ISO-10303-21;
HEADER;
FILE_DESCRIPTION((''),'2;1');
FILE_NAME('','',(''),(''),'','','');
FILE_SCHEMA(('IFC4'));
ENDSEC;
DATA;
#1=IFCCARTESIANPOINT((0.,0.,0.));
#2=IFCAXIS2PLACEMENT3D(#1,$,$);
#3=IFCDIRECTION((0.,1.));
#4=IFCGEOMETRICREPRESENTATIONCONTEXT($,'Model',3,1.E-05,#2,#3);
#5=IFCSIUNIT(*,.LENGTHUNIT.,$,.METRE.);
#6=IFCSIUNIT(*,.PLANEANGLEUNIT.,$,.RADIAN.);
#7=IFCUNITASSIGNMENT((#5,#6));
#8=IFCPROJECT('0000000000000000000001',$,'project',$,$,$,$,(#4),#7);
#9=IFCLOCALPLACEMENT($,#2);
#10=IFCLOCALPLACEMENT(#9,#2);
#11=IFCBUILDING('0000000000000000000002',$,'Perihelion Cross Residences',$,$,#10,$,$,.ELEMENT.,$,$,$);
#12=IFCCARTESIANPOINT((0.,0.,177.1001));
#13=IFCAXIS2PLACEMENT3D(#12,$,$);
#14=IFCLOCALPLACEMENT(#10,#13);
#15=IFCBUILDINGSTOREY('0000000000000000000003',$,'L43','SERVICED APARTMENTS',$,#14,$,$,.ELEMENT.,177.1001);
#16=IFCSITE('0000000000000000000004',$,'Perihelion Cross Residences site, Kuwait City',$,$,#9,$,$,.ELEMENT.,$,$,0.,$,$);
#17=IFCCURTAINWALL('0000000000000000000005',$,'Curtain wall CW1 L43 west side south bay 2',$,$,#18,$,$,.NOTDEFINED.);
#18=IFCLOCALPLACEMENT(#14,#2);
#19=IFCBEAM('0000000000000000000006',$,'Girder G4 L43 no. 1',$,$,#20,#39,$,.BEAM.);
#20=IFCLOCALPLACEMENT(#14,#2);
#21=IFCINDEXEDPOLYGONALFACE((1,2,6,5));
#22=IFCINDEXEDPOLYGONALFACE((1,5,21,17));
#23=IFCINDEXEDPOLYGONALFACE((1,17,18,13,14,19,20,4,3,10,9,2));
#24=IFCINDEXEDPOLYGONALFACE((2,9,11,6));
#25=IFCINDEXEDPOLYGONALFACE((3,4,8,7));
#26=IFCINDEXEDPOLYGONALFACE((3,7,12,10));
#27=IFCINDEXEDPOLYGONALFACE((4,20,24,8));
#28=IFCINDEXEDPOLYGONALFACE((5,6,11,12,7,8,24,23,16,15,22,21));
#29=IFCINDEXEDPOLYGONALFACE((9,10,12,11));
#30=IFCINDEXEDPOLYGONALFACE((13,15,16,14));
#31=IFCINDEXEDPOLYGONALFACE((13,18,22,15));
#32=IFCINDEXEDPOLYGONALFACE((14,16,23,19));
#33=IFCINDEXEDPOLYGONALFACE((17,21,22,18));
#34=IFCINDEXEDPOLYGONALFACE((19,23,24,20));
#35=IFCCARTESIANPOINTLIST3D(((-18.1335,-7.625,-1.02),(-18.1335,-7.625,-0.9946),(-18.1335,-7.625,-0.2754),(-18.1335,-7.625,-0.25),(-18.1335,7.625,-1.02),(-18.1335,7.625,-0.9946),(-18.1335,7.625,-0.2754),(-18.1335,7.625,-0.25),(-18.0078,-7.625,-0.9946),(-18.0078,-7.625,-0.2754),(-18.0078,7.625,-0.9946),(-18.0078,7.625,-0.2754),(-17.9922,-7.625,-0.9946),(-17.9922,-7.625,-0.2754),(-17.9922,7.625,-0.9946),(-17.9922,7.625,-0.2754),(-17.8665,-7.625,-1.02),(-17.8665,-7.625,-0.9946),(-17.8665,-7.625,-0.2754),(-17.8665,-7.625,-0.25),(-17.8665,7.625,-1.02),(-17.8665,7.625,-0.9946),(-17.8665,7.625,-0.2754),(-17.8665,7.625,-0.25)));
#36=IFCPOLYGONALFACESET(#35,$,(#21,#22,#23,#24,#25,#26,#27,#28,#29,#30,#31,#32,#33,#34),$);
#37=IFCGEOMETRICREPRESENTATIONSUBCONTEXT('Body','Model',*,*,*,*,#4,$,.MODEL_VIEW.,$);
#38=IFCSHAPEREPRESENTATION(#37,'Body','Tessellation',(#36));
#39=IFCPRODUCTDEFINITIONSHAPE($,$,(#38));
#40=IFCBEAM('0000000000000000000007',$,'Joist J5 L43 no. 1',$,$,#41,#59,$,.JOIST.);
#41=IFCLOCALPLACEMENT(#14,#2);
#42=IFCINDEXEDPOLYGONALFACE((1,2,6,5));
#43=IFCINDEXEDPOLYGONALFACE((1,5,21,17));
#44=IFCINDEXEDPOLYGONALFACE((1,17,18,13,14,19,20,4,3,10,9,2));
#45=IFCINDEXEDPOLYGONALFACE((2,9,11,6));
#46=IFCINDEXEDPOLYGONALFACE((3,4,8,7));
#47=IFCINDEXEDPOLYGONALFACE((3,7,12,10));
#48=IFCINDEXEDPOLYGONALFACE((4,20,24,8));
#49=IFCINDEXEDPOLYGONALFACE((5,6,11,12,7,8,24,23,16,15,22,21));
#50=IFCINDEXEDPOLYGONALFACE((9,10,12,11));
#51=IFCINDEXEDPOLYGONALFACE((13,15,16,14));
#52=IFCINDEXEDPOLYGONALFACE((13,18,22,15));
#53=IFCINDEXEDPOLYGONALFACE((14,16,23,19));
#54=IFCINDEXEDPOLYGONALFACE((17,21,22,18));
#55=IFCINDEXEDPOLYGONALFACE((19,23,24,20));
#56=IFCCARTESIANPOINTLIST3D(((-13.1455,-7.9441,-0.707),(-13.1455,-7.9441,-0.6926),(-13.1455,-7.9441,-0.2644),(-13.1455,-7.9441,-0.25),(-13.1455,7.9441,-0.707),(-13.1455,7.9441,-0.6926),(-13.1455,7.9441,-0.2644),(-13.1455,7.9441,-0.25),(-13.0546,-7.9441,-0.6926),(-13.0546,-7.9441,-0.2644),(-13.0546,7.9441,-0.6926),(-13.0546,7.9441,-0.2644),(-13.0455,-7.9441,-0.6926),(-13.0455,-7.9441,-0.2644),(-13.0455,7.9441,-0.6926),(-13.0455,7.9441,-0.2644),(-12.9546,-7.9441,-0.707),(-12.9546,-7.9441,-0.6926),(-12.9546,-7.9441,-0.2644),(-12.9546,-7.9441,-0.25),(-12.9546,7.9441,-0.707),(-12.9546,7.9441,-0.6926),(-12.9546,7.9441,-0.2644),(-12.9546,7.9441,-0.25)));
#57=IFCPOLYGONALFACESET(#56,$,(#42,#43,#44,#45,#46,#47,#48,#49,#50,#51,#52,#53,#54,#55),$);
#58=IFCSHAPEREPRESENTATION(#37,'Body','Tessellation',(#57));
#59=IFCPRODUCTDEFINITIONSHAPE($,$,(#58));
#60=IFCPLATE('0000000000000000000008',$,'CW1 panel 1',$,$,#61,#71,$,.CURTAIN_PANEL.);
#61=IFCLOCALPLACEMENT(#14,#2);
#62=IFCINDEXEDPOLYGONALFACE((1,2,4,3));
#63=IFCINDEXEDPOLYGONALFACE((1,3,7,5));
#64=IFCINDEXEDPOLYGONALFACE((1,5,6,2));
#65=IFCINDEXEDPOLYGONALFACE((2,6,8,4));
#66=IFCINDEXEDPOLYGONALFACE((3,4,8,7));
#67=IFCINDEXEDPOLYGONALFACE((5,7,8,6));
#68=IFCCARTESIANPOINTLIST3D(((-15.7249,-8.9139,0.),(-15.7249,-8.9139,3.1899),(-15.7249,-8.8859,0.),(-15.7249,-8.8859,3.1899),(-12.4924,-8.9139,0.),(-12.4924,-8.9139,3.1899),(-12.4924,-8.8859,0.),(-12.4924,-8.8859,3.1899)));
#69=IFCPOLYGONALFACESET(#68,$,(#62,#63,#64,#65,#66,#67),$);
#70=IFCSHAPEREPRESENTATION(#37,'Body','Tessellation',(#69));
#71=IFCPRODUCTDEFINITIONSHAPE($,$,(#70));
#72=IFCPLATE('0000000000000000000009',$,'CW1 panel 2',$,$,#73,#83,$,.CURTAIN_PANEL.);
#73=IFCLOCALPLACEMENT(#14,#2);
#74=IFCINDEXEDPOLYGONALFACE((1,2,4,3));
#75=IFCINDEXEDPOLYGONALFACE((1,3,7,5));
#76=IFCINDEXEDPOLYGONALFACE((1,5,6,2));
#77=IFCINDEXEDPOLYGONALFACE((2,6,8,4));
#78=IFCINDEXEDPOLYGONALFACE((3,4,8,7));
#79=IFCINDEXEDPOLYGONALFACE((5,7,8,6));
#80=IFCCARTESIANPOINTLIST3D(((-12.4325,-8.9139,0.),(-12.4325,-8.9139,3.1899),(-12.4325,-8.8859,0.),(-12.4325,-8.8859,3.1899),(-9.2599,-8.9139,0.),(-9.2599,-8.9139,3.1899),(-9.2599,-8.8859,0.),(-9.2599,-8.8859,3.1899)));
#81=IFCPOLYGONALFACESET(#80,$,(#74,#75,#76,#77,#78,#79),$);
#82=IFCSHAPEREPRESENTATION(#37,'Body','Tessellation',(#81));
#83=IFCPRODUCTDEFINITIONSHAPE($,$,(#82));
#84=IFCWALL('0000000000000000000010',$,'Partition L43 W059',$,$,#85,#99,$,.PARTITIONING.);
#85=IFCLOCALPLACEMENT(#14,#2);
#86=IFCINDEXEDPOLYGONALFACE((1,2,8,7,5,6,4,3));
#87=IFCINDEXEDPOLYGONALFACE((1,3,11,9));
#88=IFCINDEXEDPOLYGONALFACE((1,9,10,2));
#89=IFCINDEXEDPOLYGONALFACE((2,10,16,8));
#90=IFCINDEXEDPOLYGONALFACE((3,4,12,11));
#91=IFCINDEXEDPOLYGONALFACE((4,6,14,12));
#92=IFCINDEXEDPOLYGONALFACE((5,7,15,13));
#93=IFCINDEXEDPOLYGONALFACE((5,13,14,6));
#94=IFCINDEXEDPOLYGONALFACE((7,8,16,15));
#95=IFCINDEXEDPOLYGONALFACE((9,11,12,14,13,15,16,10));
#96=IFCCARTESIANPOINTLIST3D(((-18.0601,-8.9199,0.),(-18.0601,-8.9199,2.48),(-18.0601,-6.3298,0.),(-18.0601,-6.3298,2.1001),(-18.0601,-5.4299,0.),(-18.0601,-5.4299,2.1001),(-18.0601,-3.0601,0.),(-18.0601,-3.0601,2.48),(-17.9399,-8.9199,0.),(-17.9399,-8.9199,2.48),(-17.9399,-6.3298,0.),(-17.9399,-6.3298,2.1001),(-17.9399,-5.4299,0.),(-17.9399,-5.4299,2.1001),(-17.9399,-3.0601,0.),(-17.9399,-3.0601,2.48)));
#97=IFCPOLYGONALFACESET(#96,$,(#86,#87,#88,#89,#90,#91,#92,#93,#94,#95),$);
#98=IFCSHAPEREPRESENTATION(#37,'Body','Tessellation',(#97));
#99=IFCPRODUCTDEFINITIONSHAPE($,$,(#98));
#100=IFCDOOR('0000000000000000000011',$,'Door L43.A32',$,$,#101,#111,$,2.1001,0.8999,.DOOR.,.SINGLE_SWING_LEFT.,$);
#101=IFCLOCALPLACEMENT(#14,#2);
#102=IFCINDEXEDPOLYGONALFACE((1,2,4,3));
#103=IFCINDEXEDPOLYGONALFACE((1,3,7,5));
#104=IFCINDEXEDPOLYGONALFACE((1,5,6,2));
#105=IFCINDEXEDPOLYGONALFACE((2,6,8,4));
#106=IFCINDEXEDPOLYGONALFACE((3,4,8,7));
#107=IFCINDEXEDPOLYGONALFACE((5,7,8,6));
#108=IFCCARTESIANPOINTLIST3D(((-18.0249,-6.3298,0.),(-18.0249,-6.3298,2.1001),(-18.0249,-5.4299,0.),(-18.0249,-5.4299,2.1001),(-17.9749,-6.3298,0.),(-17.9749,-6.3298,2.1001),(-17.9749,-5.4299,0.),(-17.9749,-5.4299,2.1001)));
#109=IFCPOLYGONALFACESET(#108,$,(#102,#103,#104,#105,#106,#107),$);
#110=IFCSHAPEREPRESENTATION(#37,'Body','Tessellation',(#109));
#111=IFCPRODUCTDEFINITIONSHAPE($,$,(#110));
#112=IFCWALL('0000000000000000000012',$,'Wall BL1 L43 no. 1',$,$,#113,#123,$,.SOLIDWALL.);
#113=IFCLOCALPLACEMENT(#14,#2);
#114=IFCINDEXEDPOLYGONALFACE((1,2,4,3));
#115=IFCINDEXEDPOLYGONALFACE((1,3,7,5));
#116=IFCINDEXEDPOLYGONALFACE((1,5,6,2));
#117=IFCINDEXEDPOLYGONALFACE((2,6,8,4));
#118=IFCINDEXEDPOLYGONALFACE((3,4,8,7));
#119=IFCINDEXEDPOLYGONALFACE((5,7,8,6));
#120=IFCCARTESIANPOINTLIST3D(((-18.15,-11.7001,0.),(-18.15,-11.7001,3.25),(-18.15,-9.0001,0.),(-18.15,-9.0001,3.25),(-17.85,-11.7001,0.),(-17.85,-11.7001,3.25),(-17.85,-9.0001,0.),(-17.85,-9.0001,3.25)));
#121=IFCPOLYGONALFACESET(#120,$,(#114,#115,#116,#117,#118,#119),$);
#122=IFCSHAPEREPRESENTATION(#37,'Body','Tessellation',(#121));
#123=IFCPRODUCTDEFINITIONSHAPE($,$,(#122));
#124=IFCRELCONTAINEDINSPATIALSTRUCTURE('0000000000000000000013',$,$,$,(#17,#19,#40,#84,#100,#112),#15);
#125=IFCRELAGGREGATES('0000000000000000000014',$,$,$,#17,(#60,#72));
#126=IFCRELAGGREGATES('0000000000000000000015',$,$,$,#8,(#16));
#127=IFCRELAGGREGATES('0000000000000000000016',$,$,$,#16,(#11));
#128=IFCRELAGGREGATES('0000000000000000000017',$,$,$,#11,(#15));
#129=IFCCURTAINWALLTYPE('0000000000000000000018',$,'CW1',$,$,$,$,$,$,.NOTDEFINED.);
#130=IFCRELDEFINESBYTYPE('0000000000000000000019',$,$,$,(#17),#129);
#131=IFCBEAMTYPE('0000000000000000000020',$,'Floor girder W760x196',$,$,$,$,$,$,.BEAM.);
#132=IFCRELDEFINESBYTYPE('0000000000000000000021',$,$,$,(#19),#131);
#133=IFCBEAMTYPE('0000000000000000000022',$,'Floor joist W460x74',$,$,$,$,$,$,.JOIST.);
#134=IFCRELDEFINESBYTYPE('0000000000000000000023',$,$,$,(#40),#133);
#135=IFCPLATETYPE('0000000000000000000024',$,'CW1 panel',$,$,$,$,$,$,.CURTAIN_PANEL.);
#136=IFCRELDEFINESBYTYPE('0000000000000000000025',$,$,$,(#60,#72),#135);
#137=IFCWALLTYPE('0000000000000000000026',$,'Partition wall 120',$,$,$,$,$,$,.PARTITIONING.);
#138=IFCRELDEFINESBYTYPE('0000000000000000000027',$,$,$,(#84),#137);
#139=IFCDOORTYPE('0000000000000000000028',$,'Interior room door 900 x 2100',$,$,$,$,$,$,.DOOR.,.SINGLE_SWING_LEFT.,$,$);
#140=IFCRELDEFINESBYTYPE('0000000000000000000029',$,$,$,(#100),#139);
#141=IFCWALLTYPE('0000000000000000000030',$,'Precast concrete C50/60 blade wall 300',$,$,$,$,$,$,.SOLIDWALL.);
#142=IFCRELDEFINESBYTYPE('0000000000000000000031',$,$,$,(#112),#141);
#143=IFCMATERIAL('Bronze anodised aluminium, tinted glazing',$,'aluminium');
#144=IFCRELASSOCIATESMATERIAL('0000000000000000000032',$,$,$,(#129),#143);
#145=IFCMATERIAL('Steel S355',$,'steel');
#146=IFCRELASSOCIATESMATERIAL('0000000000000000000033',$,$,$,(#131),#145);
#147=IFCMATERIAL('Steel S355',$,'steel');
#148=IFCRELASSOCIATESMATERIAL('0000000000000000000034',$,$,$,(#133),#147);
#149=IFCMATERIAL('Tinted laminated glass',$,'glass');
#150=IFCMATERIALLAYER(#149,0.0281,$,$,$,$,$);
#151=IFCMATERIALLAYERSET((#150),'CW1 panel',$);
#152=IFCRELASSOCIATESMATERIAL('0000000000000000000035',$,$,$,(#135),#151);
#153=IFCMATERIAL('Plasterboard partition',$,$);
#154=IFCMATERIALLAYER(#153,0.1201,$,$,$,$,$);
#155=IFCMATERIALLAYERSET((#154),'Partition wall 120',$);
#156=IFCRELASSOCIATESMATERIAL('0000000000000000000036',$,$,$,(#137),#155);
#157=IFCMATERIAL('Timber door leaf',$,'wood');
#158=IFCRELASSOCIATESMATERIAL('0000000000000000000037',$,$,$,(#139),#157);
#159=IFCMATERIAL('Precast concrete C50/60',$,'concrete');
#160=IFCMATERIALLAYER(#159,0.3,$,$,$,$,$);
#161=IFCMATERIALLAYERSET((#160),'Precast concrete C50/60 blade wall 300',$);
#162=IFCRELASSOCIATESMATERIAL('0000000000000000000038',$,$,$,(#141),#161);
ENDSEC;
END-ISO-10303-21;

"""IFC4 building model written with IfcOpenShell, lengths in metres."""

from ifc_helpers import new_model, si_unit, direction, frame, frame_2d, origin, origin_2d, place, context, subcontext, project, spatial, rectangle, i_section, extrude, material, layer, layer_set, material_profile, profile_set, type_object, element, fill, aggregate, save


model = new_model("IFC4")

# Units and contexts
model_context = context("Model", 3, precision=1e-05, world=origin(), true_north=direction((0.0, 1.0)))
body_context = subcontext(model_context, "Body", "Model", "MODEL_VIEW")
ifc_project = project(units=[si_unit("LENGTHUNIT", "METRE"), si_unit("PLANEANGLEUNIT", "RADIAN")], contexts=[model_context])

# Site, building, storey
site_placement = place(None, origin())
site = spatial("IfcSite", under=ifc_project, at=site_placement, Name="Perihelion Cross Residences site, Kuwait City", CompositionType="ELEMENT", RefElevation=0.0)
building_placement = place(site_placement, origin())
building = spatial("IfcBuilding", under=site, at=building_placement, Name="Perihelion Cross Residences", CompositionType="ELEMENT")
storey_placement = place(building_placement, frame((0.0, 0.0, 177.1001)))
storey = spatial("IfcBuildingStorey", under=building, at=storey_placement, Name="L43", Description="SERVICED APARTMENTS", CompositionType="ELEMENT", Elevation=177.1001)

# Curtain wall
ifc_material_1 = material(Name="Bronze anodised aluminium, tinted glazing", Category="aluminium")
curtain_wall_type = type_object("IfcCurtainWallType", Name="CW1", PredefinedType="NOTDEFINED", material=ifc_material_1)
curtain_wall_placement = place(storey_placement, origin())
curtain_wall = element("IfcCurtainWall", 1, at=curtain_wall_placement, inside=storey, type_object=curtain_wall_type, Name="Curtain wall CW1 L43 west side south bay 2", PredefinedType="NOTDEFINED")

# Beams
ifc_material_2 = material(Name="Steel S355", Category="steel")
ifc_material_profile_1 = material_profile(ifc_material_2, i_section(OverallWidth=0.2671, OverallDepth=0.77, WebThickness=0.0156, FlangeThickness=0.0254, at=origin_2d()), Name="W760x196")
ifc_profile_set_1 = profile_set([ifc_material_profile_1], Name="Steel S355")
beam_type_1 = type_object("IfcBeamType", Name="Floor girder W760x196", PredefinedType="BEAM", material=ifc_profile_set_1)
beam_1_placement = place(storey_placement, frame((-18.0, -7.625, -0.635), z_axis=(0.0, 1.0, 0.0), x_axis=(-1.0, 0.0, 0.0)))
element("IfcBeam", 2, at=beam_1_placement, inside=storey, type_object=beam_type_1, Name="Girder G4 L43 no. 1", PredefinedType="BEAM", context=body_context, shape_type="SweptSolid", body=[
    extrude(i_section(OverallWidth=0.2671, OverallDepth=0.77, WebThickness=0.0156, FlangeThickness=0.0254, at=origin_2d()), origin(), (0.0, 0.0, 1.0), 15.25),
])
ifc_material_3 = material(Name="Steel S355", Category="steel")
ifc_material_profile_2 = material_profile(ifc_material_3, i_section(OverallWidth=0.1909, OverallDepth=0.457, WebThickness=0.009, FlangeThickness=0.0144, at=origin_2d()), Name="W460x74")
ifc_profile_set_2 = profile_set([ifc_material_profile_2], Name="Steel S355")
beam_type_2 = type_object("IfcBeamType", Name="Floor joist W460x74", PredefinedType="JOIST", material=ifc_profile_set_2)
beam_2_placement = place(storey_placement, frame((-13.05, -7.9441, -0.4785), z_axis=(0.0, 1.0, 0.0), x_axis=(-1.0, 0.0, 0.0)))
element("IfcBeam", 3, at=beam_2_placement, inside=storey, type_object=beam_type_2, Name="Joist J5 L43 no. 1", PredefinedType="JOIST", context=body_context, shape_type="SweptSolid", body=[
    extrude(i_section(OverallWidth=0.1909, OverallDepth=0.457, WebThickness=0.009, FlangeThickness=0.0144, at=origin_2d()), origin(), (0.0, 0.0, 1.0), 15.8882),
])

# Plates
ifc_material_4 = material(Name="Tinted laminated glass", Category="glass")
ifc_layer_1 = layer(ifc_material_4, 0.0281)
ifc_layer_set_1 = layer_set([ifc_layer_1], Name="CW1 panel")
plate_type = type_object("IfcPlateType", Name="CW1 panel", PredefinedType="CURTAIN_PANEL", material=ifc_layer_set_1)
plate_1_placement = place(storey_placement, frame((-14.1086, -8.8999, 0.0), z_axis=(0.0, 0.0, 1.0), x_axis=(1.0, 0.0, 0.0)))
plate_1 = element("IfcPlate", 4, at=plate_1_placement, type_object=plate_type, Name="CW1 panel 1", PredefinedType="CURTAIN_PANEL", context=body_context, shape_type="SweptSolid", body=[
    extrude(rectangle(XDim=3.2324, YDim=0.0281, at=origin_2d()), origin(), (0.0, 0.0, 1.0), 3.1899),
])
plate_2_placement = place(storey_placement, frame((-10.8462, -8.8999, 0.0), z_axis=(0.0, 0.0, 1.0), x_axis=(1.0, 0.0, 0.0)))
plate_2 = element("IfcPlate", 5, at=plate_2_placement, type_object=plate_type, Name="CW1 panel 2", PredefinedType="CURTAIN_PANEL", context=body_context, shape_type="SweptSolid", body=[
    extrude(rectangle(XDim=3.1726, YDim=0.0281, at=origin_2d()), origin(), (0.0, 0.0, 1.0), 3.1899),
])
aggregate(curtain_wall, [plate_1, plate_2])

# Wall, opening, door
ifc_material_5 = material(Name="Plasterboard partition")
ifc_layer_2 = layer(ifc_material_5, 0.1201)
ifc_layer_set_2 = layer_set([ifc_layer_2], Name="Partition wall 120")
wall_type_1 = type_object("IfcWallType", Name="Partition wall 120", PredefinedType="PARTITIONING", material=ifc_layer_set_2)
wall_1_placement = place(storey_placement, frame((-18.0, -8.9199, 0.0), z_axis=(0.0, 0.0, 1.0), x_axis=(0.0, 1.0, 0.0)))
wall_1 = element("IfcWall", 6, at=wall_1_placement, inside=storey, type_object=wall_type_1, Name="Partition L43 W059", PredefinedType="PARTITIONING", context=body_context, shape_type="SweptSolid", body=[
    extrude(rectangle(XDim=5.8599, YDim=0.1201, at=frame_2d((2.9299, 0.0))), origin(), (0.0, 0.0, 1.0), 2.48),
])
opening_1_placement = place(wall_1_placement, frame((2.5901, 0.0, 0.0)))
opening_1 = element("IfcOpeningElement", 7, at=opening_1_placement, cuts=wall_1, PredefinedType="OPENING", context=body_context, shape_type="SweptSolid", body=[
    extrude(rectangle(XDim=0.8999, YDim=2.1001, at=frame_2d((0.45, 1.05))), frame((0.0, 0.0701, 0.0), z_axis=(0.0, -1.0, 0.0), x_axis=(1.0, 0.0, 0.0)), (0.0, 0.0, 1.0), 0.1401),
])
ifc_material_6 = material(Name="Timber door leaf", Category="wood")
door_type_1 = type_object("IfcDoorType", Name="Interior room door 900 x 2100", OperationType="SINGLE_SWING_LEFT", PredefinedType="DOOR", material=ifc_material_6)
door_1_placement = place(opening_1_placement, origin())
door_1 = element("IfcDoor", 8, at=door_1_placement, inside=storey, type_object=door_type_1, Name="Door L43.A32", OperationType="SINGLE_SWING_LEFT", OverallHeight=2.1001, OverallWidth=0.8999, PredefinedType="DOOR", context=body_context, shape_type="SweptSolid", body=[
    extrude(rectangle(XDim=0.8999, YDim=2.1001, at=frame_2d((0.45, 1.05))), frame((0.0, 0.0249, 0.0), z_axis=(0.0, -1.0, 0.0), x_axis=(1.0, 0.0, 0.0)), (0.0, 0.0, 1.0), 0.05),
])
fill(opening_1, door_1)

# Wall
ifc_material_7 = material(Name="Precast concrete C50/60", Category="concrete")
ifc_layer_3 = layer(ifc_material_7, 0.3)
ifc_layer_set_3 = layer_set([ifc_layer_3], Name="Precast concrete C50/60 blade wall 300")
wall_type_2 = type_object("IfcWallType", Name="Precast concrete C50/60 blade wall 300", PredefinedType="SOLIDWALL", material=ifc_layer_set_3)
wall_2_placement = place(storey_placement, frame((-18.0, -9.0, 0.0), z_axis=(0.0, 0.0, 1.0), x_axis=(0.0, -1.0, 0.0)))
element("IfcWall", 9, at=wall_2_placement, inside=storey, type_object=wall_type_2, Name="Wall BL1 L43 no. 1", PredefinedType="SOLIDWALL", context=body_context, shape_type="SweptSolid", body=[
    extrude(rectangle(XDim=2.7, YDim=0.3, at=frame_2d((1.3501, 0.0))), origin(), (0.0, 0.0, 1.0), 3.25),
])

save(model, "model.ifc")
